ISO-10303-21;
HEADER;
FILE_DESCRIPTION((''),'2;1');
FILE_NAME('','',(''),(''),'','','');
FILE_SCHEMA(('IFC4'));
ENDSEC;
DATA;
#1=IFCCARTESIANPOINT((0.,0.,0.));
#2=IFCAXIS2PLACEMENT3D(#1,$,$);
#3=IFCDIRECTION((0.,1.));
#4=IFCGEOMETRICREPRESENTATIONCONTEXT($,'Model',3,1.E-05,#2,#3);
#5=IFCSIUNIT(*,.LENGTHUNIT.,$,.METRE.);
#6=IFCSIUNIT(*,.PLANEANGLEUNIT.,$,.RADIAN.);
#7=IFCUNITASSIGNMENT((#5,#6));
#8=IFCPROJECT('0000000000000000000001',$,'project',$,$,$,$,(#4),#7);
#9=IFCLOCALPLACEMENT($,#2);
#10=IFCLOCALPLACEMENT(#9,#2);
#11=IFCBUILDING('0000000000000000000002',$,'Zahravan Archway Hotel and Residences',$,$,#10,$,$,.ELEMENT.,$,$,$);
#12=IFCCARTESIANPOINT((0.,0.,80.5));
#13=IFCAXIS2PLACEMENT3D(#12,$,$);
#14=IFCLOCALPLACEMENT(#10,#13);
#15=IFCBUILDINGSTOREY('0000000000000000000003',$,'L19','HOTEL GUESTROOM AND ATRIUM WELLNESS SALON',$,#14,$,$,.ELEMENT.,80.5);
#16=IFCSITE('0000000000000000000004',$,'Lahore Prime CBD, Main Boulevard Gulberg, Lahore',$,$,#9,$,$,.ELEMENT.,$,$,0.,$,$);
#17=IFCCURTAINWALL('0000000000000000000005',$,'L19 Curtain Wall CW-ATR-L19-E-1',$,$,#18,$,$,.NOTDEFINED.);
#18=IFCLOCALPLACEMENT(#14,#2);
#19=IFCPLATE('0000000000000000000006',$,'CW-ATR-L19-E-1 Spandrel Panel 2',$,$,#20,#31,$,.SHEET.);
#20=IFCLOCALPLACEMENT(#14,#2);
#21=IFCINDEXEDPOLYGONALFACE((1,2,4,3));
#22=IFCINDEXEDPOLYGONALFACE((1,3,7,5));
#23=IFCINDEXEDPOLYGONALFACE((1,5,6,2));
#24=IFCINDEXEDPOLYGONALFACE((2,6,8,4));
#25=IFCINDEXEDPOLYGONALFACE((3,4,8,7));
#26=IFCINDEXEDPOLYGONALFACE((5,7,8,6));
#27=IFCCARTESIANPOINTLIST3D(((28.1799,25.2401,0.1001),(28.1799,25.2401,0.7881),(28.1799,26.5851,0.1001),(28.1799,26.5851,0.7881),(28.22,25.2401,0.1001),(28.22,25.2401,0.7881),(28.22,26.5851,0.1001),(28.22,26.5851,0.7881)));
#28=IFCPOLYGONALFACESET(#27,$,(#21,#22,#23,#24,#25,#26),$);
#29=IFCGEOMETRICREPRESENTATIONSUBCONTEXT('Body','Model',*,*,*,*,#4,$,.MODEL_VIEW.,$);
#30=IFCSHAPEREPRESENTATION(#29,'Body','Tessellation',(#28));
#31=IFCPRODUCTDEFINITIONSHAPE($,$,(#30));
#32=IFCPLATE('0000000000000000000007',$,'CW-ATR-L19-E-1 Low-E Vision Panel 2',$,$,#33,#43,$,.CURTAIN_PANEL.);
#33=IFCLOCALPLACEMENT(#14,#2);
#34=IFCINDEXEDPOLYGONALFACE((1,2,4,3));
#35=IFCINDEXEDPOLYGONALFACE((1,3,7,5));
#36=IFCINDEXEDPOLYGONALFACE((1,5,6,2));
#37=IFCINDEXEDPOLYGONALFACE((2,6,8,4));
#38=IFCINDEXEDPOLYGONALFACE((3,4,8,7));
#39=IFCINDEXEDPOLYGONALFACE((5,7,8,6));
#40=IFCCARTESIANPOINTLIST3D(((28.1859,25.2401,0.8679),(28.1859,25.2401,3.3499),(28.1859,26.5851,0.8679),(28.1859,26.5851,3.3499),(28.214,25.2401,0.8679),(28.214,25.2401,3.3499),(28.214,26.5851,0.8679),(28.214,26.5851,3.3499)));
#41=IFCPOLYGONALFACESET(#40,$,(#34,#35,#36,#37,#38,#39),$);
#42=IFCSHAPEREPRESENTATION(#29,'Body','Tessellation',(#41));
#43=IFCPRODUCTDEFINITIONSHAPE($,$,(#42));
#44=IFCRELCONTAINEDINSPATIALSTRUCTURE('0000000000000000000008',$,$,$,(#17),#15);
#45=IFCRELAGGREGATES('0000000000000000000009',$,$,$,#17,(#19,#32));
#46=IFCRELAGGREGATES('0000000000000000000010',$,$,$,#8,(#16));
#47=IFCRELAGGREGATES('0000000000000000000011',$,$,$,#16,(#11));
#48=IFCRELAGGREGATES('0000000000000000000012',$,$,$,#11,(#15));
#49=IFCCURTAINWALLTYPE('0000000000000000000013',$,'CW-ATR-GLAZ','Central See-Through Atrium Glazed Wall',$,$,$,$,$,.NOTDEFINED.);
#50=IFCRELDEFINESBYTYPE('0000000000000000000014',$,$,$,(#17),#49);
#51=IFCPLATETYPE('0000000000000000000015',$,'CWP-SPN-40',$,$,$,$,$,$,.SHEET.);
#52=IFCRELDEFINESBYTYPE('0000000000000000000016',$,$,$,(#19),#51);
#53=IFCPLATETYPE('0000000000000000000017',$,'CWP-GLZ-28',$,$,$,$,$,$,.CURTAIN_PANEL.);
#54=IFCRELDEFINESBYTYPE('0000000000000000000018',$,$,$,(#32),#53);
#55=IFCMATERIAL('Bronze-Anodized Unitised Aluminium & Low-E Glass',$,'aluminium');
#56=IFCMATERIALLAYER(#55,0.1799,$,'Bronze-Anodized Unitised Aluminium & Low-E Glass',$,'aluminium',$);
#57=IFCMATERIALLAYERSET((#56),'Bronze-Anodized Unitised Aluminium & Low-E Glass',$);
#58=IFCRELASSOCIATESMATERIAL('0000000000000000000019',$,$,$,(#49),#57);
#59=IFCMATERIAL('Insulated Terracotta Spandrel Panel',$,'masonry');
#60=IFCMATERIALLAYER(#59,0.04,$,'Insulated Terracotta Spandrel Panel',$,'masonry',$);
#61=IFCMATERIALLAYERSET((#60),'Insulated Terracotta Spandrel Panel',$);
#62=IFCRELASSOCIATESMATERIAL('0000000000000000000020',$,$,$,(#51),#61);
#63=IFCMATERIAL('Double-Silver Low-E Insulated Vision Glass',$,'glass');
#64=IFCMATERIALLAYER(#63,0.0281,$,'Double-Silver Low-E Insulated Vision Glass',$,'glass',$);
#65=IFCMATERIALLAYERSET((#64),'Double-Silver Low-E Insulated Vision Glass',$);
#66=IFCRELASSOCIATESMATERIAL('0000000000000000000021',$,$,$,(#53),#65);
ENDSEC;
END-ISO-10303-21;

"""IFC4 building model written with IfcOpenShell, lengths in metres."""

from ifc_helpers import new_model, si_unit, direction, frame, origin, origin_2d, place, context, subcontext, project, spatial, rectangle, extrude, source, transform, mapped, material, layer, layer_set, type_object, element, aggregate, save


model = new_model("IFC4")

# Units and contexts
model_context = context("Model", 3, precision=1e-05, world=origin(), true_north=direction((0.0, 1.0)))
body_context = subcontext(model_context, "Body", "Model", "MODEL_VIEW")
ifc_project = project(units=[si_unit("LENGTHUNIT", "METRE"), si_unit("PLANEANGLEUNIT", "RADIAN")], contexts=[model_context])

# Site, building, storey
site_placement = place(None, origin())
site = spatial("IfcSite", under=ifc_project, at=site_placement, Name="Lahore Prime CBD, Main Boulevard Gulberg, Lahore", CompositionType="ELEMENT", RefElevation=0.0)
building_placement = place(site_placement, origin())
building = spatial("IfcBuilding", under=site, at=building_placement, Name="Zahravan Archway Hotel and Residences", CompositionType="ELEMENT")
storey_placement = place(building_placement, frame((0.0, 0.0, 80.5)))
storey = spatial("IfcBuildingStorey", under=building, at=storey_placement, Name="L19", Description="HOTEL GUESTROOM AND ATRIUM WELLNESS SALON", CompositionType="ELEMENT", Elevation=80.5)

# Shared definitions
ifc_material_1 = material(Name="Bronze-Anodized Unitised Aluminium & Low-E Glass", Category="aluminium")
ifc_layer_1 = layer(ifc_material_1, 0.1799, Name="Bronze-Anodized Unitised Aluminium & Low-E Glass", Category="aluminium")
ifc_layer_set_1 = layer_set([ifc_layer_1], Name="Bronze-Anodized Unitised Aluminium & Low-E Glass")
curtain_wall_type = type_object("IfcCurtainWallType", Name="CW-ATR-GLAZ", Description="Central See-Through Atrium Glazed Wall", PredefinedType="NOTDEFINED", material=ifc_layer_set_1)

# Curtain wall
curtain_wall_1_placement = place(storey_placement, origin())
curtain_wall_1 = element("IfcCurtainWall", 1, at=curtain_wall_1_placement, inside=storey, type_object=curtain_wall_type, Name="L19 Curtain Wall CW-ATR-L19-E-1", PredefinedType="NOTDEFINED")

# Plates
ifc_material_2 = material(Name="Insulated Terracotta Spandrel Panel", Category="masonry")
ifc_layer_2 = layer(ifc_material_2, 0.04, Name="Insulated Terracotta Spandrel Panel", Category="masonry")
ifc_layer_set_2 = layer_set([ifc_layer_2], Name="Insulated Terracotta Spandrel Panel")
plate_type_1 = type_object("IfcPlateType", Name="CWP-SPN-40", PredefinedType="SHEET", material=ifc_layer_set_2)
ifc_material_3 = material(Name="Double-Silver Low-E Insulated Vision Glass", Category="glass")
ifc_layer_3 = layer(ifc_material_3, 0.0281, Name="Double-Silver Low-E Insulated Vision Glass", Category="glass")
ifc_layer_set_3 = layer_set([ifc_layer_3], Name="Double-Silver Low-E Insulated Vision Glass")
plate_type_2 = type_object("IfcPlateType", Name="CWP-GLZ-28", PredefinedType="CURTAIN_PANEL", material=ifc_layer_set_3)
shared_shape_1 = source(origin(), body_context, "Body", "SweptSolid", [
    extrude(rectangle(XDim=1.345, YDim=0.04, at=origin_2d()), origin(), (0.0, 0.0, 1.0), 0.688),
])
plate_1_placement = place(storey_placement, frame((28.2, 25.9126, 0.1001), z_axis=(0.0, 0.0, 1.0), x_axis=(0.0, 1.0, 0.0)))
plate_1 = element("IfcPlate", 2, at=plate_1_placement, type_object=plate_type_1, Name="CW-ATR-L19-E-1 Spandrel Panel 2", PredefinedType="SHEET", context=body_context, shape_type="MappedRepresentation", body=[
    mapped(shared_shape_1, transform((0.0, 0.0, 0.0), scale=1.0)),
])
shared_shape_2 = source(origin(), body_context, "Body", "SweptSolid", [
    extrude(rectangle(XDim=1.345, YDim=0.0281, at=origin_2d()), origin(), (0.0, 0.0, 1.0), 2.4819),
])
plate_2_placement = place(storey_placement, frame((28.2, 25.9126, 0.8679), z_axis=(0.0, 0.0, 1.0), x_axis=(0.0, 1.0, 0.0)))
plate_2 = element("IfcPlate", 3, at=plate_2_placement, type_object=plate_type_2, Name="CW-ATR-L19-E-1 Low-E Vision Panel 2", PredefinedType="CURTAIN_PANEL", context=body_context, shape_type="MappedRepresentation", body=[
    mapped(shared_shape_2, transform((0.0, 0.0, 0.0), scale=1.0)),
])
aggregate(curtain_wall_1, [plate_1, plate_2])

save(model, "model.ifc")
